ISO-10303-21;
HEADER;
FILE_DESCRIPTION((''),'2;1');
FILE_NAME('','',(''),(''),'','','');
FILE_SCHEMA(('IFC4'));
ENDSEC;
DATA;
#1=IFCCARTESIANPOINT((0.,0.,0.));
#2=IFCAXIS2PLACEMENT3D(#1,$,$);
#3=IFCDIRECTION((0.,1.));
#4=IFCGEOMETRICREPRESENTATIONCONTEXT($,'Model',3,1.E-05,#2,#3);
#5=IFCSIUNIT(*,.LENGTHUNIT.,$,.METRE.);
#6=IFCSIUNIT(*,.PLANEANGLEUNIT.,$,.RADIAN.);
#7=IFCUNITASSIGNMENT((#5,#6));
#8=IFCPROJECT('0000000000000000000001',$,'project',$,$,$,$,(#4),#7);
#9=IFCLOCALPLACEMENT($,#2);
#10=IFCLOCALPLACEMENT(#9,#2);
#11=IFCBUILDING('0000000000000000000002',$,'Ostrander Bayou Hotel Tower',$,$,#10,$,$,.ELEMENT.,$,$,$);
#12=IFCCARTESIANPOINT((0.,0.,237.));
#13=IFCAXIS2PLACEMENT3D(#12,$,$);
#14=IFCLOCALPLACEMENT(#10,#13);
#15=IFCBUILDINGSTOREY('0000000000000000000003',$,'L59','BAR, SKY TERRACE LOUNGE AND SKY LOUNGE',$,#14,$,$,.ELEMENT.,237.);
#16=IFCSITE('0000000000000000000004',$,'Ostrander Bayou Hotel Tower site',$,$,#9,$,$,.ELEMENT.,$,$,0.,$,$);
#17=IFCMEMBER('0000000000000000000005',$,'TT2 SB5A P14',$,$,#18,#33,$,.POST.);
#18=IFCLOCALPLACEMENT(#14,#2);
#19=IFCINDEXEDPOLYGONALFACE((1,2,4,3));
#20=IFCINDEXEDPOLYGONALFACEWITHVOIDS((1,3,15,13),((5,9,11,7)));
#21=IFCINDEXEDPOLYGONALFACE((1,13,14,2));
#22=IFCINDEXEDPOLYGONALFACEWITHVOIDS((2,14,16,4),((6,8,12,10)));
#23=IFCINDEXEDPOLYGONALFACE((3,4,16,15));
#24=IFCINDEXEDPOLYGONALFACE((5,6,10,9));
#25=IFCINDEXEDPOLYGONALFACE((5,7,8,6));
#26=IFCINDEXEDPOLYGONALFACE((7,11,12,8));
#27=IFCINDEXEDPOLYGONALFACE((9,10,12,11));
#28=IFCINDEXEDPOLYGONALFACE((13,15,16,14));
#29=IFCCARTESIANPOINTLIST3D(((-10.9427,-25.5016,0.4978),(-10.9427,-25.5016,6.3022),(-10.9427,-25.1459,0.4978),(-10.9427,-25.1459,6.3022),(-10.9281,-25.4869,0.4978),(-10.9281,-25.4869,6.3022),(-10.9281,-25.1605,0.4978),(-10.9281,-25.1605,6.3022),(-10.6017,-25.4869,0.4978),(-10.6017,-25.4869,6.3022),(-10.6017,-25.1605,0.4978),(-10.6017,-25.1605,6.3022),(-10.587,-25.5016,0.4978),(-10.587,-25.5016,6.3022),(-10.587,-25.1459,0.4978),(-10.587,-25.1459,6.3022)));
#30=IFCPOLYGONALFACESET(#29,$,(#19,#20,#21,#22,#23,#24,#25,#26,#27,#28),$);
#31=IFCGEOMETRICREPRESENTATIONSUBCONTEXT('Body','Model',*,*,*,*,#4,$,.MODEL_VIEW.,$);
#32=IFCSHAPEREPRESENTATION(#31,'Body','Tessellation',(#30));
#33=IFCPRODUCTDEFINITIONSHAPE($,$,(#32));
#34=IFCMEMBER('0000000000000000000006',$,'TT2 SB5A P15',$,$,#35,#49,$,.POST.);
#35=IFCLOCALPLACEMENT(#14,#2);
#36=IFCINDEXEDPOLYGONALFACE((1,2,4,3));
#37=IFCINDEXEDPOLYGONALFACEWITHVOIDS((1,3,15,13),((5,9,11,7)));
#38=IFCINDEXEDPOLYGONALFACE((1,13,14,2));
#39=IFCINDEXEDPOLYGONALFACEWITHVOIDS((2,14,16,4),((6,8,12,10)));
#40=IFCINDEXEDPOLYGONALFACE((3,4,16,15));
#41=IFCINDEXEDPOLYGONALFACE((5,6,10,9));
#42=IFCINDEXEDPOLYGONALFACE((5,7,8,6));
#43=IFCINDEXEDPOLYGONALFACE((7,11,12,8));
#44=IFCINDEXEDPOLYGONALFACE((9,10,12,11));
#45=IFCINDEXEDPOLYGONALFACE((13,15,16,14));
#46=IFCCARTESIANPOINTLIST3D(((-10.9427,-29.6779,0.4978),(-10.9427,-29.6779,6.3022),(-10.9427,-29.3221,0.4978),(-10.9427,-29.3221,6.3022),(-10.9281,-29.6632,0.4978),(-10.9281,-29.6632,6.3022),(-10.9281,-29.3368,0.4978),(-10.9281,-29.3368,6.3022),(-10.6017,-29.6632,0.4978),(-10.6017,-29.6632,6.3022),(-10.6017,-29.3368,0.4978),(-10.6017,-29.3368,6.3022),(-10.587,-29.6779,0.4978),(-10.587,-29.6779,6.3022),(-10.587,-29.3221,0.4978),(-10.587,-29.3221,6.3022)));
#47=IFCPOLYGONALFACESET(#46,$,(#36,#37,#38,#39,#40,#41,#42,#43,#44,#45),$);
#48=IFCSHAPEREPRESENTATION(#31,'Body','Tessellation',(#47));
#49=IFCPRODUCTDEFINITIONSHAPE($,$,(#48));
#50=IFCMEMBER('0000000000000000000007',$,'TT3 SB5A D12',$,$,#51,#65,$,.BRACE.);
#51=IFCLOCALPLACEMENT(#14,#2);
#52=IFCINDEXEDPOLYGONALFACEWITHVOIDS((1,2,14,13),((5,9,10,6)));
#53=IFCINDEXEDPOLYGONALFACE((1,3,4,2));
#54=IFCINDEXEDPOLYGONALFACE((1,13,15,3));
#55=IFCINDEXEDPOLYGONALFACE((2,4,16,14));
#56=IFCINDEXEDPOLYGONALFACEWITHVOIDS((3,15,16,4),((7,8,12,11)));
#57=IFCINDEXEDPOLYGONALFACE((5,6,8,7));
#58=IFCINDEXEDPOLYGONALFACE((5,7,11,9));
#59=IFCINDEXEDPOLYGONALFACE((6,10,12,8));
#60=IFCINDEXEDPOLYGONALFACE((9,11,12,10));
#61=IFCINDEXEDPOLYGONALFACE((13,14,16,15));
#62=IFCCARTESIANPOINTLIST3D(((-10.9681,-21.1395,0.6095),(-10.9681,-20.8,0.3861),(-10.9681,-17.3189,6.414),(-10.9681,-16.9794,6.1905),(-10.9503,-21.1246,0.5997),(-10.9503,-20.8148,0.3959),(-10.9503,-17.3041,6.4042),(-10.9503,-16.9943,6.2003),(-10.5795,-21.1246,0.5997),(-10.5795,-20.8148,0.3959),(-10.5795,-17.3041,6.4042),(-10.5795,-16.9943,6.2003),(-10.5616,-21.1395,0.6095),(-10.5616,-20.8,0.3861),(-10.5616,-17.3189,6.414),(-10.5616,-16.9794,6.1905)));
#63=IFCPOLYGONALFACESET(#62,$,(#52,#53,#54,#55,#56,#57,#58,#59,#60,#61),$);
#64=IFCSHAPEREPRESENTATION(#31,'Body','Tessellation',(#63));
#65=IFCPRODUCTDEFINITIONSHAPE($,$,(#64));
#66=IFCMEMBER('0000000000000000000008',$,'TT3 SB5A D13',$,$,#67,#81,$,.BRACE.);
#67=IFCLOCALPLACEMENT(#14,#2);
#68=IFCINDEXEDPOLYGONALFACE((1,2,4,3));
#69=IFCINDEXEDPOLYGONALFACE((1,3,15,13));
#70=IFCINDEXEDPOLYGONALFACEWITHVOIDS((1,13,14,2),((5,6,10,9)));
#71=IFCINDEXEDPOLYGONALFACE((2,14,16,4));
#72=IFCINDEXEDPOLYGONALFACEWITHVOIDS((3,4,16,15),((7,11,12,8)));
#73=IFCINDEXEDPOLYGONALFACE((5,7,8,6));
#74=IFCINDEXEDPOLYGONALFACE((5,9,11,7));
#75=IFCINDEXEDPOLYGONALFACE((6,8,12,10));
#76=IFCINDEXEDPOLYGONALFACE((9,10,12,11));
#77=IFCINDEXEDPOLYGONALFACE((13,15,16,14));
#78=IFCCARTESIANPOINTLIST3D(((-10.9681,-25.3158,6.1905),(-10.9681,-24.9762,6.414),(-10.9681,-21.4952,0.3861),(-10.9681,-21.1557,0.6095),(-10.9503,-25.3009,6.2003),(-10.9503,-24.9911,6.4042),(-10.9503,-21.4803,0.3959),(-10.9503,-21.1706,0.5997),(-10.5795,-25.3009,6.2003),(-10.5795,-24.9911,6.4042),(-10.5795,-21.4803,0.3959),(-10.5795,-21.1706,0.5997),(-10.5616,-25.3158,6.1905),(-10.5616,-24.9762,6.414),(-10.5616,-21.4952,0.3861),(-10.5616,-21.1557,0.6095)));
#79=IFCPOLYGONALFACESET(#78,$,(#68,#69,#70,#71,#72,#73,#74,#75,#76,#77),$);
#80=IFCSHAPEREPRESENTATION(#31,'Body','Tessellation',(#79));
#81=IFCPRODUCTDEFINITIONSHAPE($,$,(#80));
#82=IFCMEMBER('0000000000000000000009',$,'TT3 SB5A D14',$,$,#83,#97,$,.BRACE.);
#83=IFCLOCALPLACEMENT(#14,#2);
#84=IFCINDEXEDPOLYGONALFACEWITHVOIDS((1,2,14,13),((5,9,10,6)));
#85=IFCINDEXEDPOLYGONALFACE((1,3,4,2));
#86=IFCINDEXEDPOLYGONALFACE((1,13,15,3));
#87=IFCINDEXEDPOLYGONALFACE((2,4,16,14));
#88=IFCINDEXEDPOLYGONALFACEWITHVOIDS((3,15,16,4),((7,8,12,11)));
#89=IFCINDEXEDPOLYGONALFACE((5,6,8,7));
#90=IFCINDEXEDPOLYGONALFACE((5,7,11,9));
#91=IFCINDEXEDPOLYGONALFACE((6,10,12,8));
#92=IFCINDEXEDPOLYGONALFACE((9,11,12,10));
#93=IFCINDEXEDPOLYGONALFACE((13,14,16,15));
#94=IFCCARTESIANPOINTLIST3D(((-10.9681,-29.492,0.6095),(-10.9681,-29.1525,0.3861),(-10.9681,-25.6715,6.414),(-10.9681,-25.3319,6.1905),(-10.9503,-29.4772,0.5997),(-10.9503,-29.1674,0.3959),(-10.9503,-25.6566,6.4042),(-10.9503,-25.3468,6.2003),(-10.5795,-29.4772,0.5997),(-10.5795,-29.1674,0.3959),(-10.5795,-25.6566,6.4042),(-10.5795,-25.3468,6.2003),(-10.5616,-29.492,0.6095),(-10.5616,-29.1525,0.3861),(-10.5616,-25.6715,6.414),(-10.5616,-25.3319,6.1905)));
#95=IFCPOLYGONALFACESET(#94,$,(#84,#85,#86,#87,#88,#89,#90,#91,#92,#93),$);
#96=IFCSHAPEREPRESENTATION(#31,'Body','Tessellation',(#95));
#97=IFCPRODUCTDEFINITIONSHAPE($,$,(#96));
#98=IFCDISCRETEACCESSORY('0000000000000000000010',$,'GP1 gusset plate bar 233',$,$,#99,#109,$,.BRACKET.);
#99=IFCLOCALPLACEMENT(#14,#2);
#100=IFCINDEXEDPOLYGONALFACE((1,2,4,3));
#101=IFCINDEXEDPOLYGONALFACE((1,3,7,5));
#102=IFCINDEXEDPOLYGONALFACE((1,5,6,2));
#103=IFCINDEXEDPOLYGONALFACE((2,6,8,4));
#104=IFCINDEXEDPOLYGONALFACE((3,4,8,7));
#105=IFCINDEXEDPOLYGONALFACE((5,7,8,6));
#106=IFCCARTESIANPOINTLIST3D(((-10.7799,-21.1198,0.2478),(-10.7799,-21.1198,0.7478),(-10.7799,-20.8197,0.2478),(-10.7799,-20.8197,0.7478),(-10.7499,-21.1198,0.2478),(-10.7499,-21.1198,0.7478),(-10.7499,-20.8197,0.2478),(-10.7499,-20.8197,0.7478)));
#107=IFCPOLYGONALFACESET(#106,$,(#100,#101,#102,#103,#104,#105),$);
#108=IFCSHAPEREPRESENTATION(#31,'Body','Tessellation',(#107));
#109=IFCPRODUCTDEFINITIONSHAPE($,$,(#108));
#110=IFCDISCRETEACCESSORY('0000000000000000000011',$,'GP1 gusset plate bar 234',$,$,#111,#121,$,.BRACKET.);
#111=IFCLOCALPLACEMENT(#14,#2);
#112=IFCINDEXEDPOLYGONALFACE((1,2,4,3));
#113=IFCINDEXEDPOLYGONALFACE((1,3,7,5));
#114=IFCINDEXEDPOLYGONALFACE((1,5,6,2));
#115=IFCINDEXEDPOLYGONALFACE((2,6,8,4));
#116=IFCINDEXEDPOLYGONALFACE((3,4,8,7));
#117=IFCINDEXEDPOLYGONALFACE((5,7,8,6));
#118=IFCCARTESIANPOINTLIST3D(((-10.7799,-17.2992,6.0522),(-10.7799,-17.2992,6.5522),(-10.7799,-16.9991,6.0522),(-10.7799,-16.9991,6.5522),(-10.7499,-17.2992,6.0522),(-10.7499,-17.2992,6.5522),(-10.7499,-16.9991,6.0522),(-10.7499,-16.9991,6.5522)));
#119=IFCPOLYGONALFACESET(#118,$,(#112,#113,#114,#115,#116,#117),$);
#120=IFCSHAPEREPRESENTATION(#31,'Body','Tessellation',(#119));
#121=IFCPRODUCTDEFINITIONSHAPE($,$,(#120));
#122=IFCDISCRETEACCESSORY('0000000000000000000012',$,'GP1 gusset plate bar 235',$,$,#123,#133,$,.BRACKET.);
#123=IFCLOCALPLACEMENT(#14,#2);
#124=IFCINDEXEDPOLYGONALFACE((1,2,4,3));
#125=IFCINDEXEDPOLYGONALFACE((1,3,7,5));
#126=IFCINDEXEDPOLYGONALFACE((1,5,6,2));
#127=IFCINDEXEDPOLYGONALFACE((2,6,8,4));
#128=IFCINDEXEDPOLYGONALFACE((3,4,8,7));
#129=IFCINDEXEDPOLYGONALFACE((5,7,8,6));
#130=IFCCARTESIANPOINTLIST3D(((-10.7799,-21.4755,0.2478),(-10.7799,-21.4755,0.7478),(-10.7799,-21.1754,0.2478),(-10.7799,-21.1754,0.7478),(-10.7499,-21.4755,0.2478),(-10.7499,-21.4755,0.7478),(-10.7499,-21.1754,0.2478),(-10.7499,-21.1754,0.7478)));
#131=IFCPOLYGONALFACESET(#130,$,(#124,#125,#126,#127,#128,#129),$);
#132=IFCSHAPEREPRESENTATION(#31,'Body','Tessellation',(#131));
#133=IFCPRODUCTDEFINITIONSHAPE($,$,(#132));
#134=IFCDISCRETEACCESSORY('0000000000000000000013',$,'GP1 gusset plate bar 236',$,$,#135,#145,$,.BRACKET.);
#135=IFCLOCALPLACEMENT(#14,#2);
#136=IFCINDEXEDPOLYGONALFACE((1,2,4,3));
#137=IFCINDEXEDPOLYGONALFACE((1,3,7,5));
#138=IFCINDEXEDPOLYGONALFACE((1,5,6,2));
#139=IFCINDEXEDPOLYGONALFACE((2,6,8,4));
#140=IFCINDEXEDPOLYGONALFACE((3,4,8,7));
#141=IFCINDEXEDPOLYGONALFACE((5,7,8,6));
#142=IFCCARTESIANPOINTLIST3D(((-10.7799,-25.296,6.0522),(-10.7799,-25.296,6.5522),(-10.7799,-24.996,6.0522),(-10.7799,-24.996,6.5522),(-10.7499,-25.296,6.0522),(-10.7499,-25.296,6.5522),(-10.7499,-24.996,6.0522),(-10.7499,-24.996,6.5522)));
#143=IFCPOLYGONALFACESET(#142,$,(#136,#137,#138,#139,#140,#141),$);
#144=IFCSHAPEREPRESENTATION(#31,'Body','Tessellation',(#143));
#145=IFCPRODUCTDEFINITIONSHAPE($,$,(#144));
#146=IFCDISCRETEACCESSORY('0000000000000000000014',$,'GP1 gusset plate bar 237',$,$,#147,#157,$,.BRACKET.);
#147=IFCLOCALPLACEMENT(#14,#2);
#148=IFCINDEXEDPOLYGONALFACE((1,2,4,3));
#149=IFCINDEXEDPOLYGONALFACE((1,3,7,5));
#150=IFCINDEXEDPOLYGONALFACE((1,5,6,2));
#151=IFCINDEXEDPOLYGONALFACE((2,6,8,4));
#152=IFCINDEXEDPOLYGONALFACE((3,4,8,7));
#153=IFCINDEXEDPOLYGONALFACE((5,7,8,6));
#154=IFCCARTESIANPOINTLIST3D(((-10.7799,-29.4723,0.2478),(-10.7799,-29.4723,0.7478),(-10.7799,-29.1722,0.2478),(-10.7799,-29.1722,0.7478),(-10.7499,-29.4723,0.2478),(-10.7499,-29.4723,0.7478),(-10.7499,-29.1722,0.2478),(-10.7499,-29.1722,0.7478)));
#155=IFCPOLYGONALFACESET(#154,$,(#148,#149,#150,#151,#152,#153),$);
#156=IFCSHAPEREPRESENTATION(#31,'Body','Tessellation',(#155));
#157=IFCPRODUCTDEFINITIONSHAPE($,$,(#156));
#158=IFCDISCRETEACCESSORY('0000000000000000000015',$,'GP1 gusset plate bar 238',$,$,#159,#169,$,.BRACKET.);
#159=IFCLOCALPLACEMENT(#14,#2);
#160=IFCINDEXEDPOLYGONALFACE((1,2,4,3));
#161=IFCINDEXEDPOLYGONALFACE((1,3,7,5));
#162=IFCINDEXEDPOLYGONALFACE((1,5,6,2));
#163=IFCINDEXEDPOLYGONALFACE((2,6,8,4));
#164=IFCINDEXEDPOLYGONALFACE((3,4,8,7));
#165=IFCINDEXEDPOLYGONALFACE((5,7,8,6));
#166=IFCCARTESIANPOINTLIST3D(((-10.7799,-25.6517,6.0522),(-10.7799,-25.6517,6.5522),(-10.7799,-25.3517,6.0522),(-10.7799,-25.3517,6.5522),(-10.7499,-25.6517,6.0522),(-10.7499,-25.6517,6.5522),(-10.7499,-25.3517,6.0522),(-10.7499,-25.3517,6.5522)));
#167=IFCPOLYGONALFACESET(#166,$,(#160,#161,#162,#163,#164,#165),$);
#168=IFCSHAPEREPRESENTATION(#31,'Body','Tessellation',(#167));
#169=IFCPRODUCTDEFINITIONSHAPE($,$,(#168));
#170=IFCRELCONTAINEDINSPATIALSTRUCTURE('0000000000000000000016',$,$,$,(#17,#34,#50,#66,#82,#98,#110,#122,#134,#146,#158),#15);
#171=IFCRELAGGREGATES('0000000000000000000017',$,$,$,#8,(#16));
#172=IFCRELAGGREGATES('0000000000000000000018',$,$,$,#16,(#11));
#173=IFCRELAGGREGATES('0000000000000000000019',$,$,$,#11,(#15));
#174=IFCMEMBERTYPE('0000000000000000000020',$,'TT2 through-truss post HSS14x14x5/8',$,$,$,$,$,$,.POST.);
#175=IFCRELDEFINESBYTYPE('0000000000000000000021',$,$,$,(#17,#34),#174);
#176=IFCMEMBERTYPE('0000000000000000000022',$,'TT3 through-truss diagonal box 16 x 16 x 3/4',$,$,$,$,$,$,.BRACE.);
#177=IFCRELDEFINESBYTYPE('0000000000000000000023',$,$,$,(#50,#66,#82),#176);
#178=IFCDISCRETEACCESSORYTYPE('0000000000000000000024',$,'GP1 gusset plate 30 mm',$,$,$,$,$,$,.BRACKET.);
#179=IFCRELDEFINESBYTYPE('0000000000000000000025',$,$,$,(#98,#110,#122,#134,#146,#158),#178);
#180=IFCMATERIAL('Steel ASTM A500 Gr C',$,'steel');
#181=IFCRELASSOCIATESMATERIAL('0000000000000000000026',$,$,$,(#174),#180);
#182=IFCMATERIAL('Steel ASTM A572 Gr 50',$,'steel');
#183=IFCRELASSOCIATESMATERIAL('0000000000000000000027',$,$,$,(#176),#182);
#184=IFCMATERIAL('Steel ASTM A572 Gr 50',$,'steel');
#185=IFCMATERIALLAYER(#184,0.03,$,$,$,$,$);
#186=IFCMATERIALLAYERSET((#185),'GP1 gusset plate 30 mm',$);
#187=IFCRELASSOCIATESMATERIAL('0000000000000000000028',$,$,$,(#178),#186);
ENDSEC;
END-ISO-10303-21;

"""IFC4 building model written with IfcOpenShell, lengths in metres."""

from ifc_helpers import new_model, si_unit, direction, frame, origin, origin_2d, place, context, subcontext, project, spatial, rectangle, hollow_rectangle, extrude, material, layer, layer_set, material_profile, profile_set, type_object, element, save


model = new_model("IFC4")

# Units and contexts
model_context = context("Model", 3, precision=1e-05, world=origin(), true_north=direction((0.0, 1.0)))
body_context = subcontext(model_context, "Body", "Model", "MODEL_VIEW")
ifc_project = project(units=[si_unit("LENGTHUNIT", "METRE"), si_unit("PLANEANGLEUNIT", "RADIAN")], contexts=[model_context])

# Site, building, storey
site_placement = place(None, origin())
site = spatial("IfcSite", under=ifc_project, at=site_placement, Name="Ostrander Bayou Hotel Tower site", CompositionType="ELEMENT", RefElevation=0.0)
building_placement = place(site_placement, origin())
building = spatial("IfcBuilding", under=site, at=building_placement, Name="Ostrander Bayou Hotel Tower", CompositionType="ELEMENT")
storey_placement = place(building_placement, frame((0.0, 0.0, 237.0)))
storey = spatial("IfcBuildingStorey", under=building, at=storey_placement, Name="L59", Description="BAR, SKY TERRACE LOUNGE AND SKY LOUNGE", CompositionType="ELEMENT", Elevation=237.0)

# Members
ifc_material_1 = material(Name="Steel ASTM A500 Gr C", Category="steel")
ifc_material_profile_1 = material_profile(ifc_material_1, hollow_rectangle(XDim=0.3557, YDim=0.3557, WallThickness=0.0146, at=origin_2d()))
ifc_profile_set_1 = profile_set([ifc_material_profile_1], Name="Steel ASTM A500 Gr C")
member_type_1 = type_object("IfcMemberType", Name="TT2 through-truss post HSS14x14x5/8", PredefinedType="POST", material=ifc_profile_set_1)
for number, where, z_axis, x_axis, name in (
    (1, (-10.7649, -25.3237, 0.4978), (0.0, 0.0, 1.0), (1.0, 0.0, 0.0), "TT2 SB5A P14"),
    (2, (-10.7649, -29.5, 0.4978), (0.0, 0.0, 1.0), (1.0, 0.0, 0.0), "TT2 SB5A P15"),
):
    element("IfcMember", number, at=place(storey_placement, frame(where, z_axis=z_axis, x_axis=x_axis)), inside=storey, type_object=member_type_1, Name=name, PredefinedType="POST", context=body_context, shape_type="SweptSolid", body=[
        extrude(hollow_rectangle(XDim=0.3557, YDim=0.3557, WallThickness=0.0146, at=origin_2d()), origin(), (0.0, 0.0, 1.0), 5.8044),
    ])
ifc_material_2 = material(Name="Steel ASTM A572 Gr 50", Category="steel")
ifc_material_profile_2 = material_profile(ifc_material_2, hollow_rectangle(XDim=0.4065, YDim=0.4065, WallThickness=0.0178, at=origin_2d()))
ifc_profile_set_2 = profile_set([ifc_material_profile_2], Name="Steel ASTM A572 Gr 50")
member_type_2 = type_object("IfcMemberType", Name="TT3 through-truss diagonal box 16 x 16 x 3/4", PredefinedType="BRACE", material=ifc_profile_set_2)
for number, where, z_axis, x_axis, name in (
    (3, (-10.7649, -20.9697, 0.4978), (0.0, 0.549802, 0.835295), (-1.0, 0.0, 0.0), "TT3 SB5A D12"),
    (4, (-10.7649, -21.3254, 0.4978), (0.0, -0.549802, 0.835295), (1.0, 0.0, 0.0), "TT3 SB5A D13"),
    (5, (-10.7649, -29.3223, 0.4978), (0.0, 0.549802, 0.835295), (-1.0, 0.0, 0.0), "TT3 SB5A D14"),
):
    element("IfcMember", number, at=place(storey_placement, frame(where, z_axis=z_axis, x_axis=x_axis)), inside=storey, type_object=member_type_2, Name=name, PredefinedType="BRACE", context=body_context, shape_type="SweptSolid", body=[
        extrude(hollow_rectangle(XDim=0.4065, YDim=0.4065, WallThickness=0.0178, at=origin_2d()), origin(), (0.0, 0.0, 1.0), 6.949),
    ])

# Discrete accessories
ifc_material_3 = material(Name="Steel ASTM A572 Gr 50", Category="steel")
ifc_layer = layer(ifc_material_3, 0.03)
ifc_layer_set = layer_set([ifc_layer], Name="GP1 gusset plate 30 mm")
discrete_accessory_type = type_object("IfcDiscreteAccessoryType", Name="GP1 gusset plate 30 mm", PredefinedType="BRACKET", material=ifc_layer_set)
for number, where, z_axis, x_axis, name in (
    (6, (-10.7649, -20.9697, 0.2478), (0.0, 0.0, 1.0), (0.0, 1.0, 0.0), "GP1 gusset plate bar 233"),
    (7, (-10.7649, -17.1492, 6.0522), (0.0, 0.0, 1.0), (0.0, 1.0, 0.0), "GP1 gusset plate bar 234"),
    (8, (-10.7649, -21.3254, 0.2478), (0.0, 0.0, 1.0), (0.0, -1.0, 0.0), "GP1 gusset plate bar 235"),
    (9, (-10.7649, -25.146, 6.0522), (0.0, 0.0, 1.0), (0.0, -1.0, 0.0), "GP1 gusset plate bar 236"),
    (10, (-10.7649, -29.3223, 0.2478), (0.0, 0.0, 1.0), (0.0, 1.0, 0.0), "GP1 gusset plate bar 237"),
    (11, (-10.7649, -25.5017, 6.0522), (0.0, 0.0, 1.0), (0.0, 1.0, 0.0), "GP1 gusset plate bar 238"),
):
    element("IfcDiscreteAccessory", number, at=place(storey_placement, frame(where, z_axis=z_axis, x_axis=x_axis)), inside=storey, type_object=discrete_accessory_type, Name=name, PredefinedType="BRACKET", context=body_context, shape_type="SweptSolid", body=[
        extrude(rectangle(XDim=0.3, YDim=0.03, at=origin_2d()), origin(), (0.0, 0.0, 1.0), 0.5),
    ])

save(model, "model.ifc")
